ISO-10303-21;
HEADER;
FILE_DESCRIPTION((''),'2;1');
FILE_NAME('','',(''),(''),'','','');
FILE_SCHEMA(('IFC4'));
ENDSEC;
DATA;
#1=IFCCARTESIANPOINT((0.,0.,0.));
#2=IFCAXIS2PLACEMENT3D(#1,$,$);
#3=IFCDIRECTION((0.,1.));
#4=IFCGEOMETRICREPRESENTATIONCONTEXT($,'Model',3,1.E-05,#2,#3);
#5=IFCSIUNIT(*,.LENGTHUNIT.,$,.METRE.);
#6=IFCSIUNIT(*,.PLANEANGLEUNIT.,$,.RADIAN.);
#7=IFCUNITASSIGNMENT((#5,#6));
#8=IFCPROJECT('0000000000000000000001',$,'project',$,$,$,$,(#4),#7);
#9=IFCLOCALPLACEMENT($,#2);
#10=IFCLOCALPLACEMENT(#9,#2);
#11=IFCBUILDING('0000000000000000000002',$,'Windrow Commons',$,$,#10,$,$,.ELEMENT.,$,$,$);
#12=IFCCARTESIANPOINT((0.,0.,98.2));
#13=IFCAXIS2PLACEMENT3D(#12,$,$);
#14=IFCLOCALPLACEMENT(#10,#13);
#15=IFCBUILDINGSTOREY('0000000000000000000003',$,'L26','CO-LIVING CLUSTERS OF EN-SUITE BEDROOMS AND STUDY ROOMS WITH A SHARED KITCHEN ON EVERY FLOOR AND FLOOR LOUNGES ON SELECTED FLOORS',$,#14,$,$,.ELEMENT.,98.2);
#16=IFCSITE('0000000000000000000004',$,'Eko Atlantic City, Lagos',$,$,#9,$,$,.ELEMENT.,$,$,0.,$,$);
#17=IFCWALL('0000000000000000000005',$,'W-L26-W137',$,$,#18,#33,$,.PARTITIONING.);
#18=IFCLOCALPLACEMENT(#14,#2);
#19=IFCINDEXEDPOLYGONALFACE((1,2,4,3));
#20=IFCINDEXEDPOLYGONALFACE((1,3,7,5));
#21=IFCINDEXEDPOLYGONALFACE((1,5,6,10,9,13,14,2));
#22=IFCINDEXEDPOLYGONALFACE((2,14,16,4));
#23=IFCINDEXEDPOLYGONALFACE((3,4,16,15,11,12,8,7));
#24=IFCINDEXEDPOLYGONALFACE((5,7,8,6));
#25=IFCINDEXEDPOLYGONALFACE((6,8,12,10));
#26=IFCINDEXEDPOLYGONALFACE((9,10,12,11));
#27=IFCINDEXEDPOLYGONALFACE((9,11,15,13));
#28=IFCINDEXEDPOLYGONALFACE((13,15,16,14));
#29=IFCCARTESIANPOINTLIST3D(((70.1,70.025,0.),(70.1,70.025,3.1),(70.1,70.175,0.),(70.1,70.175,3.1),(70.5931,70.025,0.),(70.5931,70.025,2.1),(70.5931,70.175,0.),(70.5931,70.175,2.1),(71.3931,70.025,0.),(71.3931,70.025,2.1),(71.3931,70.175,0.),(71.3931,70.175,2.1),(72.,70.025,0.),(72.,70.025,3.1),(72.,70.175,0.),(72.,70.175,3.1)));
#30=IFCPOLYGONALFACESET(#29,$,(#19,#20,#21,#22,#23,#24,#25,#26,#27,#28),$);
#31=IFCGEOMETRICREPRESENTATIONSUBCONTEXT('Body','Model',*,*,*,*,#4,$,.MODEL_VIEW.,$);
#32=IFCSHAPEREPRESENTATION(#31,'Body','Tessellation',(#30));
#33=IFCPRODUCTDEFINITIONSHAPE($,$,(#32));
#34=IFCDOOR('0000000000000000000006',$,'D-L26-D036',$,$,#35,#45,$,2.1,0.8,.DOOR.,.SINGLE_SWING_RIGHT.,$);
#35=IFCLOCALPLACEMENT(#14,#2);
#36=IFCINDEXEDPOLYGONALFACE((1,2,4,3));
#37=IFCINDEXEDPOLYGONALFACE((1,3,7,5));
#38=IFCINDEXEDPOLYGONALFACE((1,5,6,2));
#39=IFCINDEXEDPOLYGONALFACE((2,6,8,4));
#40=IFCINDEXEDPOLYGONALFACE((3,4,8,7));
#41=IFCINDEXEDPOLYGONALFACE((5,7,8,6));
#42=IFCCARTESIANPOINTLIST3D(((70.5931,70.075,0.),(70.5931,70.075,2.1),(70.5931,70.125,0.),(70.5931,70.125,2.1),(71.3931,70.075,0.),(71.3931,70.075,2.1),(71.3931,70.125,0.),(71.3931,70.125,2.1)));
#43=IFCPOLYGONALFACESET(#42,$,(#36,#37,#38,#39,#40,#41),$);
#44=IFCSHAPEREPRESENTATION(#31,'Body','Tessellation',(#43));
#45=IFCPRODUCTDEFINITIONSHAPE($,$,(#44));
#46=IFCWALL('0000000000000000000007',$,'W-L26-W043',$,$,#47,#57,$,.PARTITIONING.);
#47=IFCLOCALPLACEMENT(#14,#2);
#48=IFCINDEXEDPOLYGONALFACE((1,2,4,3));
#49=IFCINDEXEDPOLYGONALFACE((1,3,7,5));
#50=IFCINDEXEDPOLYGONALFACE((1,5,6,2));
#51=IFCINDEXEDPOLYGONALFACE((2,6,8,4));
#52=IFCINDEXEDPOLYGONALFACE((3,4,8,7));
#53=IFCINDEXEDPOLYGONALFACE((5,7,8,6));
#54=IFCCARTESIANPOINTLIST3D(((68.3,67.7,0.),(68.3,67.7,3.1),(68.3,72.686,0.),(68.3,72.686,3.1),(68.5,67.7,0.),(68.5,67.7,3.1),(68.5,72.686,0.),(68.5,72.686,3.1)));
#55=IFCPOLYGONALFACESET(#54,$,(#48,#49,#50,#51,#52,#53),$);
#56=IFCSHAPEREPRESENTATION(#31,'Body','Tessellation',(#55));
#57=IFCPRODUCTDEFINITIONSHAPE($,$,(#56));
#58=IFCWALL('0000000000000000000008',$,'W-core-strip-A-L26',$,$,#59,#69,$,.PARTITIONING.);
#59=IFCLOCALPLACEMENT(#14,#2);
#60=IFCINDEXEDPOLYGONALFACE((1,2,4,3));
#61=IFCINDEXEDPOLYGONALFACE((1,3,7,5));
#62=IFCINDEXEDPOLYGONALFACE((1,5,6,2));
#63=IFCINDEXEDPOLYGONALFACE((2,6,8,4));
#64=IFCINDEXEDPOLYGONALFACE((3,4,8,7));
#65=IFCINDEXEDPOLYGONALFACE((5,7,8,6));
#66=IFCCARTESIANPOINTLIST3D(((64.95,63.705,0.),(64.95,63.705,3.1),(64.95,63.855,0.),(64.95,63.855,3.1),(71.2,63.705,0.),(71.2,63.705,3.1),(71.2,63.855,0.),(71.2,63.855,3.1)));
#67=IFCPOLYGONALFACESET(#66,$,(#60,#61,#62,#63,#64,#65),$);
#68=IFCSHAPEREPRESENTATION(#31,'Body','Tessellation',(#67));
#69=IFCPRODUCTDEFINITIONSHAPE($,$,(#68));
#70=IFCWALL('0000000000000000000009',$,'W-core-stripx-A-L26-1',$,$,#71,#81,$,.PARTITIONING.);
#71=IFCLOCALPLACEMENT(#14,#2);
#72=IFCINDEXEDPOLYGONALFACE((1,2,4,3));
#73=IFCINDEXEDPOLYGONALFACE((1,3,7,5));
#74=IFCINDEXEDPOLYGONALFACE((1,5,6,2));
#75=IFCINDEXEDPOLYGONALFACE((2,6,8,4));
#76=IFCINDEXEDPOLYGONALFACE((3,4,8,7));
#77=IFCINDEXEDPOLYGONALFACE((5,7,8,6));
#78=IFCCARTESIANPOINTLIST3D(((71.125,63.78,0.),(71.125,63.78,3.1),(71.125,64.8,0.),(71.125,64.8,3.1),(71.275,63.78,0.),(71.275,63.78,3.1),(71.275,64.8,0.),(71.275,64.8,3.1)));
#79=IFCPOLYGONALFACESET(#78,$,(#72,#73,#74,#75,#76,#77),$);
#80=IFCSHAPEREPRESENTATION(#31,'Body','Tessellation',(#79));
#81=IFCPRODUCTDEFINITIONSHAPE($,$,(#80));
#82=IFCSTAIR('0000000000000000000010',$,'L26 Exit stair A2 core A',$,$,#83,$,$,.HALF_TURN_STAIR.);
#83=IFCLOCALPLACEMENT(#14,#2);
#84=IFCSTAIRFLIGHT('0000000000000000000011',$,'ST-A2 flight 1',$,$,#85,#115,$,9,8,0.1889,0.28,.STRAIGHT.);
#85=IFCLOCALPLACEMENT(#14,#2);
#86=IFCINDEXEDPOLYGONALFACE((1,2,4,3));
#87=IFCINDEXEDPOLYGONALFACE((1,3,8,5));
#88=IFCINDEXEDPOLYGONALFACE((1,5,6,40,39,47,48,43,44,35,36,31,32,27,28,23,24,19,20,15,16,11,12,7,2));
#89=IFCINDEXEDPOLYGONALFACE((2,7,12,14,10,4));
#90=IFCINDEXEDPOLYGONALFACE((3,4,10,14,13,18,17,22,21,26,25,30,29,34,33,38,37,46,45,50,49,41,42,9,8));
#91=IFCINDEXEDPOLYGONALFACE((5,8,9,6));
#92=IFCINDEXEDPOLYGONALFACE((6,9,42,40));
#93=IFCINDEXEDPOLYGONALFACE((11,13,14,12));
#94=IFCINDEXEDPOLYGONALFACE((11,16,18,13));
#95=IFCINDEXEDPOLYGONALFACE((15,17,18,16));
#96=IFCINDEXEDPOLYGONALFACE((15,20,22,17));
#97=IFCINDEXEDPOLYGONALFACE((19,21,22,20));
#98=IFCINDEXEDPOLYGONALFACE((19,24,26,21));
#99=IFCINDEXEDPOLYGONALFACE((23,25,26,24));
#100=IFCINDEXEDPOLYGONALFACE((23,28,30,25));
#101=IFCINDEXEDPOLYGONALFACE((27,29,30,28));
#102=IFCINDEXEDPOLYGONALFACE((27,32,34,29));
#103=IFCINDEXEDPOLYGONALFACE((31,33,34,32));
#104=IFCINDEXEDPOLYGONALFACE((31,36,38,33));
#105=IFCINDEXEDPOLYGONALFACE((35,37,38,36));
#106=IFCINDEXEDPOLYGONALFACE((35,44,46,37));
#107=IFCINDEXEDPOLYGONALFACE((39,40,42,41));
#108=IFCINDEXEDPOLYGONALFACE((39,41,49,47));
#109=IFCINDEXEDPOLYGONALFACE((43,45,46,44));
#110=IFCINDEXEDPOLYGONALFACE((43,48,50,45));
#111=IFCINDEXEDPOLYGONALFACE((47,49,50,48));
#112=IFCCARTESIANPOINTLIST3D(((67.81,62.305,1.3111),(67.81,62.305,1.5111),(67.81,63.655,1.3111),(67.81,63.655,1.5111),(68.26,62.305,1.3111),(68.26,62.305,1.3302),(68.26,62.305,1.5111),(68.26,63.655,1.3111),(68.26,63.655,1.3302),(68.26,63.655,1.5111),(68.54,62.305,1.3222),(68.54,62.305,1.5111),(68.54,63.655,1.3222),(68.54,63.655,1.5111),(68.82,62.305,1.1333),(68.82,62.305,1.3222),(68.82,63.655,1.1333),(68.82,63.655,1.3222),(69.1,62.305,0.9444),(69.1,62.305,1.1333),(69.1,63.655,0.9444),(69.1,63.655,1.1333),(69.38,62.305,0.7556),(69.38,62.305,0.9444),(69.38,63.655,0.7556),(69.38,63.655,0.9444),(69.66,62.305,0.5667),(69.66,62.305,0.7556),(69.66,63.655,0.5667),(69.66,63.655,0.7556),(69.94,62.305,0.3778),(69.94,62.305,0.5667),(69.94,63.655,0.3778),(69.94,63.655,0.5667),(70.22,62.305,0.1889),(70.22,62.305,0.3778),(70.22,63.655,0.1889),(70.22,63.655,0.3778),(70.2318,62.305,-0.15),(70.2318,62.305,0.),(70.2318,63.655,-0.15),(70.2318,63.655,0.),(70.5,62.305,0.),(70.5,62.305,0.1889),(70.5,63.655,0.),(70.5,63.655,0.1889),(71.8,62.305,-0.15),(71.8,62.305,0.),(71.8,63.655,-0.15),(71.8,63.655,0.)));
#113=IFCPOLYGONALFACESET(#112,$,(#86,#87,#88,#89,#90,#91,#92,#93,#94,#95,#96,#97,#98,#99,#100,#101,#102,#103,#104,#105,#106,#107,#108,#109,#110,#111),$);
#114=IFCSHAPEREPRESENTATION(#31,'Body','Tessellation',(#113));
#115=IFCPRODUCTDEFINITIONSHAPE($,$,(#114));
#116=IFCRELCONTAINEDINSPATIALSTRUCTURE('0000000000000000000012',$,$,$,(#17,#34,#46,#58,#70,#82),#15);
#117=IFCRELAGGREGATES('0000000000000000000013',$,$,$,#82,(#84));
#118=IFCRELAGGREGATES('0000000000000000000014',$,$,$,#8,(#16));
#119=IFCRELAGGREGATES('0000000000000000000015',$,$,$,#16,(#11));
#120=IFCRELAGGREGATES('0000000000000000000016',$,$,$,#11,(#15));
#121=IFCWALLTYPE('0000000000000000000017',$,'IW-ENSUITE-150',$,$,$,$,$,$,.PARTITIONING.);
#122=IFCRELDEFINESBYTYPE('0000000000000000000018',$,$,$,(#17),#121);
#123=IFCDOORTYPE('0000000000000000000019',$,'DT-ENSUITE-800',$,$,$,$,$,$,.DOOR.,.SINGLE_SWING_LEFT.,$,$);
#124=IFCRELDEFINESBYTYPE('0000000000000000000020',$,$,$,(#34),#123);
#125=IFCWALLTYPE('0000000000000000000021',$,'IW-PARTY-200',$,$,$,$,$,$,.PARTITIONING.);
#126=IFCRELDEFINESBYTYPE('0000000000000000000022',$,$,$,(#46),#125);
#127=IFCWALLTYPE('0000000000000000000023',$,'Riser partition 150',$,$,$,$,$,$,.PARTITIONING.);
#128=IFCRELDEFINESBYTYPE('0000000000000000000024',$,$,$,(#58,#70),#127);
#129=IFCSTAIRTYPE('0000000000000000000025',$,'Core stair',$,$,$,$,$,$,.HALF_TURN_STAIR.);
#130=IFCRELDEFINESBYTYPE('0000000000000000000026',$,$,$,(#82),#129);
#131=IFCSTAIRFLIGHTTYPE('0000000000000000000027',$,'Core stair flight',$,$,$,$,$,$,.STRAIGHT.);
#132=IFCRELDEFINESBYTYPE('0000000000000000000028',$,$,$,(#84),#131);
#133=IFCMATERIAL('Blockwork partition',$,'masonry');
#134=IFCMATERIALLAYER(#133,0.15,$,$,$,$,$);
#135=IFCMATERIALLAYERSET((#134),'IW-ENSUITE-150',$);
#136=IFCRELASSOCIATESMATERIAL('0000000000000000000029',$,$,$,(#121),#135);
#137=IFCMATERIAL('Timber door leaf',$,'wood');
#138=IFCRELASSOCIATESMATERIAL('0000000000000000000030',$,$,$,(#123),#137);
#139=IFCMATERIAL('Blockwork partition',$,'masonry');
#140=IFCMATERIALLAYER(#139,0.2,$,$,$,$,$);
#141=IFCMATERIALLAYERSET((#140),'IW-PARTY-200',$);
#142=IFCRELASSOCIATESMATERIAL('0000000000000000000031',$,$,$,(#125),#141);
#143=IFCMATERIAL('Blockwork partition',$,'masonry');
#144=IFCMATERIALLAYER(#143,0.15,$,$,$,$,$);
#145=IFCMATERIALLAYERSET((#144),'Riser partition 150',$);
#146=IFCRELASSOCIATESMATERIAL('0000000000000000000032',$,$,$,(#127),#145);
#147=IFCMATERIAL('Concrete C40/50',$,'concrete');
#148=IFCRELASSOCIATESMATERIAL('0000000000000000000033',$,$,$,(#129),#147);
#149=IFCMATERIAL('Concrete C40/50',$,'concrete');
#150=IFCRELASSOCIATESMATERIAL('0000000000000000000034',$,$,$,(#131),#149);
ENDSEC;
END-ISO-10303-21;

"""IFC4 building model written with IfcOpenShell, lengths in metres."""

from ifc_helpers import new_model, si_unit, direction, frame, frame_2d, origin, place, context, subcontext, project, spatial, polyline, rectangle, outline, extrude, material, layer, layer_set, type_object, element, fill, aggregate, save


model = new_model("IFC4")

# Units and contexts
model_context = context("Model", 3, precision=1e-05, world=origin(), true_north=direction((0.0, 1.0)))
body_context = subcontext(model_context, "Body", "Model", "MODEL_VIEW")
ifc_project = project(units=[si_unit("LENGTHUNIT", "METRE"), si_unit("PLANEANGLEUNIT", "RADIAN")], contexts=[model_context])

# Site, building, storey
site_placement = place(None, origin())
site = spatial("IfcSite", under=ifc_project, at=site_placement, Name="Eko Atlantic City, Lagos", CompositionType="ELEMENT", RefElevation=0.0)
building_placement = place(site_placement, origin())
building = spatial("IfcBuilding", under=site, at=building_placement, Name="Windrow Commons", CompositionType="ELEMENT")
storey_placement = place(building_placement, frame((0.0, 0.0, 98.2)))
storey = spatial("IfcBuildingStorey", under=building, at=storey_placement, Name="L26", Description="CO-LIVING CLUSTERS OF EN-SUITE BEDROOMS AND STUDY ROOMS WITH A SHARED KITCHEN ON EVERY FLOOR AND FLOOR LOUNGES ON SELECTED FLOORS", CompositionType="ELEMENT", Elevation=98.2)

# Shared definitions
ifc_material_1 = material(Name="Blockwork partition", Category="masonry")
ifc_layer_1 = layer(ifc_material_1, 0.15)
ifc_layer_set_1 = layer_set([ifc_layer_1], Name="IW-ENSUITE-150")
wall_type_1 = type_object("IfcWallType", Name="IW-ENSUITE-150", PredefinedType="PARTITIONING", material=ifc_layer_set_1)

# Wall, opening, door
wall_1_placement = place(storey_placement, frame((70.1, 70.1, 0.0), z_axis=(0.0, 0.0, 1.0), x_axis=(1.0, 0.0, 0.0)))
wall_1 = element("IfcWall", 1, at=wall_1_placement, inside=storey, type_object=wall_type_1, Name="W-L26-W137", PredefinedType="PARTITIONING", context=body_context, shape_type="SweptSolid", body=[
    extrude(rectangle(XDim=1.9, YDim=0.15, at=frame_2d((0.95, 0.0))), origin(), (0.0, 0.0, 1.0), 3.1),
])
opening_1_placement = place(wall_1_placement, frame((0.4931, 0.0, 0.0)))
opening_1 = element("IfcOpeningElement", 2, at=opening_1_placement, cuts=wall_1, PredefinedType="OPENING", context=body_context, shape_type="SweptSolid", body=[
    extrude(rectangle(XDim=0.8, YDim=2.1, at=frame_2d((0.4, 1.05))), frame((0.0, 0.085, 0.0), z_axis=(0.0, -1.0, 0.0), x_axis=(1.0, 0.0, 0.0)), (0.0, 0.0, 1.0), 0.17),
])
ifc_material_2 = material(Name="Timber door leaf", Category="wood")
door_type = type_object("IfcDoorType", Name="DT-ENSUITE-800", OperationType="SINGLE_SWING_LEFT", PredefinedType="DOOR", material=ifc_material_2)
door_placement = place(opening_1_placement, origin())
door = element("IfcDoor", 3, at=door_placement, inside=storey, type_object=door_type, Name="D-L26-D036", OperationType="SINGLE_SWING_RIGHT", OverallHeight=2.1, OverallWidth=0.8, PredefinedType="DOOR", context=body_context, shape_type="SweptSolid", body=[
    extrude(rectangle(XDim=0.8, YDim=2.1, at=frame_2d((0.4, 1.05))), frame((0.0, 0.025, 0.0), z_axis=(0.0, -1.0, 0.0), x_axis=(1.0, 0.0, 0.0)), (0.0, 0.0, 1.0), 0.05),
])
fill(opening_1, door)

# Walls
ifc_material_3 = material(Name="Blockwork partition", Category="masonry")
ifc_layer_2 = layer(ifc_material_3, 0.2)
ifc_layer_set_2 = layer_set([ifc_layer_2], Name="IW-PARTY-200")
wall_type_2 = type_object("IfcWallType", Name="IW-PARTY-200", PredefinedType="PARTITIONING", material=ifc_layer_set_2)
wall_2_placement = place(storey_placement, frame((68.4, 67.7, 0.0), z_axis=(0.0, 0.0, 1.0), x_axis=(0.0, 1.0, 0.0)))
element("IfcWall", 4, at=wall_2_placement, inside=storey, type_object=wall_type_2, Name="W-L26-W043", PredefinedType="PARTITIONING", context=body_context, shape_type="SweptSolid", body=[
    extrude(rectangle(XDim=4.986, YDim=0.2, at=frame_2d((2.493, 0.0))), origin(), (0.0, 0.0, 1.0), 3.1),
])
ifc_material_4 = material(Name="Blockwork partition", Category="masonry")
ifc_layer_3 = layer(ifc_material_4, 0.15)
ifc_layer_set_3 = layer_set([ifc_layer_3], Name="Riser partition 150")
wall_type_3 = type_object("IfcWallType", Name="Riser partition 150", PredefinedType="PARTITIONING", material=ifc_layer_set_3)
wall_3_placement = place(storey_placement, frame((64.95, 63.78, 0.0), z_axis=(0.0, 0.0, 1.0), x_axis=(1.0, 0.0, 0.0)))
element("IfcWall", 5, at=wall_3_placement, inside=storey, type_object=wall_type_3, Name="W-core-strip-A-L26", PredefinedType="PARTITIONING", context=body_context, shape_type="SweptSolid", body=[
    extrude(rectangle(XDim=6.25, YDim=0.15, at=frame_2d((3.125, 0.0))), origin(), (0.0, 0.0, 1.0), 3.1),
])
wall_4_placement = place(storey_placement, frame((71.2, 63.78, 0.0), z_axis=(0.0, 0.0, 1.0), x_axis=(0.0, 1.0, 0.0)))
element("IfcWall", 6, at=wall_4_placement, inside=storey, type_object=wall_type_3, Name="W-core-stripx-A-L26-1", PredefinedType="PARTITIONING", context=body_context, shape_type="SweptSolid", body=[
    extrude(rectangle(XDim=1.02, YDim=0.15, at=frame_2d((0.51, 0.0))), origin(), (0.0, 0.0, 1.0), 3.1),
])

# Stair, stair flight
ifc_material_5 = material(Name="Concrete C40/50", Category="concrete")
stair_type = type_object("IfcStairType", Name="Core stair", PredefinedType="HALF_TURN_STAIR", material=ifc_material_5)
stair_placement = place(storey_placement, origin())
stair = element("IfcStair", 7, at=stair_placement, inside=storey, type_object=stair_type, Name="L26 Exit stair A2 core A", PredefinedType="HALF_TURN_STAIR")
ifc_material_6 = material(Name="Concrete C40/50", Category="concrete")
stair_flight_type = type_object("IfcStairFlightType", Name="Core stair flight", PredefinedType="STRAIGHT", material=ifc_material_6)
stair_flight_placement = place(storey_placement, frame((70.5, 62.98, 0.0), z_axis=(0.0, 0.0, 1.0), x_axis=(-1.0, 0.0, 0.0)))
stair_flight = element("IfcStairFlight", 8, at=stair_flight_placement, type_object=stair_flight_type, Name="ST-A2 flight 1", NumberOfRisers=9, NumberOfTreads=8, PredefinedType="STRAIGHT", RiserHeight=0.1889, TreadLength=0.28, context=body_context, shape_type="SweptSolid", body=[
    extrude(outline(polyline([(-1.3, -0.15), (-1.3, 0.0), (0.0, 0.0), (0.0, 0.1889), (0.28, 0.1889), (0.28, 0.3778), (0.56, 0.3778), (0.56, 0.5667), (0.84, 0.5667), (0.84, 0.7556), (1.12, 0.7556), (1.12, 0.9444), (1.4, 0.9444), (1.4, 1.1333), (1.68, 1.1333), (1.68, 1.3222), (1.96, 1.3222), (1.96, 1.5111), (2.24, 1.5111), (2.69, 1.5111), (2.69, 1.3111), (2.24, 1.3111), (2.24, 1.3302), (0.2682, 0.0), (0.2682, -0.15), (-1.3, -0.15)])), frame((0.0, 0.675, 0.0), z_axis=(0.0, -1.0, 0.0), x_axis=(1.0, 0.0, 0.0)), (0.0, 0.0, 1.0), 1.35),
])
aggregate(stair, [stair_flight])

save(model, "model.ifc")
